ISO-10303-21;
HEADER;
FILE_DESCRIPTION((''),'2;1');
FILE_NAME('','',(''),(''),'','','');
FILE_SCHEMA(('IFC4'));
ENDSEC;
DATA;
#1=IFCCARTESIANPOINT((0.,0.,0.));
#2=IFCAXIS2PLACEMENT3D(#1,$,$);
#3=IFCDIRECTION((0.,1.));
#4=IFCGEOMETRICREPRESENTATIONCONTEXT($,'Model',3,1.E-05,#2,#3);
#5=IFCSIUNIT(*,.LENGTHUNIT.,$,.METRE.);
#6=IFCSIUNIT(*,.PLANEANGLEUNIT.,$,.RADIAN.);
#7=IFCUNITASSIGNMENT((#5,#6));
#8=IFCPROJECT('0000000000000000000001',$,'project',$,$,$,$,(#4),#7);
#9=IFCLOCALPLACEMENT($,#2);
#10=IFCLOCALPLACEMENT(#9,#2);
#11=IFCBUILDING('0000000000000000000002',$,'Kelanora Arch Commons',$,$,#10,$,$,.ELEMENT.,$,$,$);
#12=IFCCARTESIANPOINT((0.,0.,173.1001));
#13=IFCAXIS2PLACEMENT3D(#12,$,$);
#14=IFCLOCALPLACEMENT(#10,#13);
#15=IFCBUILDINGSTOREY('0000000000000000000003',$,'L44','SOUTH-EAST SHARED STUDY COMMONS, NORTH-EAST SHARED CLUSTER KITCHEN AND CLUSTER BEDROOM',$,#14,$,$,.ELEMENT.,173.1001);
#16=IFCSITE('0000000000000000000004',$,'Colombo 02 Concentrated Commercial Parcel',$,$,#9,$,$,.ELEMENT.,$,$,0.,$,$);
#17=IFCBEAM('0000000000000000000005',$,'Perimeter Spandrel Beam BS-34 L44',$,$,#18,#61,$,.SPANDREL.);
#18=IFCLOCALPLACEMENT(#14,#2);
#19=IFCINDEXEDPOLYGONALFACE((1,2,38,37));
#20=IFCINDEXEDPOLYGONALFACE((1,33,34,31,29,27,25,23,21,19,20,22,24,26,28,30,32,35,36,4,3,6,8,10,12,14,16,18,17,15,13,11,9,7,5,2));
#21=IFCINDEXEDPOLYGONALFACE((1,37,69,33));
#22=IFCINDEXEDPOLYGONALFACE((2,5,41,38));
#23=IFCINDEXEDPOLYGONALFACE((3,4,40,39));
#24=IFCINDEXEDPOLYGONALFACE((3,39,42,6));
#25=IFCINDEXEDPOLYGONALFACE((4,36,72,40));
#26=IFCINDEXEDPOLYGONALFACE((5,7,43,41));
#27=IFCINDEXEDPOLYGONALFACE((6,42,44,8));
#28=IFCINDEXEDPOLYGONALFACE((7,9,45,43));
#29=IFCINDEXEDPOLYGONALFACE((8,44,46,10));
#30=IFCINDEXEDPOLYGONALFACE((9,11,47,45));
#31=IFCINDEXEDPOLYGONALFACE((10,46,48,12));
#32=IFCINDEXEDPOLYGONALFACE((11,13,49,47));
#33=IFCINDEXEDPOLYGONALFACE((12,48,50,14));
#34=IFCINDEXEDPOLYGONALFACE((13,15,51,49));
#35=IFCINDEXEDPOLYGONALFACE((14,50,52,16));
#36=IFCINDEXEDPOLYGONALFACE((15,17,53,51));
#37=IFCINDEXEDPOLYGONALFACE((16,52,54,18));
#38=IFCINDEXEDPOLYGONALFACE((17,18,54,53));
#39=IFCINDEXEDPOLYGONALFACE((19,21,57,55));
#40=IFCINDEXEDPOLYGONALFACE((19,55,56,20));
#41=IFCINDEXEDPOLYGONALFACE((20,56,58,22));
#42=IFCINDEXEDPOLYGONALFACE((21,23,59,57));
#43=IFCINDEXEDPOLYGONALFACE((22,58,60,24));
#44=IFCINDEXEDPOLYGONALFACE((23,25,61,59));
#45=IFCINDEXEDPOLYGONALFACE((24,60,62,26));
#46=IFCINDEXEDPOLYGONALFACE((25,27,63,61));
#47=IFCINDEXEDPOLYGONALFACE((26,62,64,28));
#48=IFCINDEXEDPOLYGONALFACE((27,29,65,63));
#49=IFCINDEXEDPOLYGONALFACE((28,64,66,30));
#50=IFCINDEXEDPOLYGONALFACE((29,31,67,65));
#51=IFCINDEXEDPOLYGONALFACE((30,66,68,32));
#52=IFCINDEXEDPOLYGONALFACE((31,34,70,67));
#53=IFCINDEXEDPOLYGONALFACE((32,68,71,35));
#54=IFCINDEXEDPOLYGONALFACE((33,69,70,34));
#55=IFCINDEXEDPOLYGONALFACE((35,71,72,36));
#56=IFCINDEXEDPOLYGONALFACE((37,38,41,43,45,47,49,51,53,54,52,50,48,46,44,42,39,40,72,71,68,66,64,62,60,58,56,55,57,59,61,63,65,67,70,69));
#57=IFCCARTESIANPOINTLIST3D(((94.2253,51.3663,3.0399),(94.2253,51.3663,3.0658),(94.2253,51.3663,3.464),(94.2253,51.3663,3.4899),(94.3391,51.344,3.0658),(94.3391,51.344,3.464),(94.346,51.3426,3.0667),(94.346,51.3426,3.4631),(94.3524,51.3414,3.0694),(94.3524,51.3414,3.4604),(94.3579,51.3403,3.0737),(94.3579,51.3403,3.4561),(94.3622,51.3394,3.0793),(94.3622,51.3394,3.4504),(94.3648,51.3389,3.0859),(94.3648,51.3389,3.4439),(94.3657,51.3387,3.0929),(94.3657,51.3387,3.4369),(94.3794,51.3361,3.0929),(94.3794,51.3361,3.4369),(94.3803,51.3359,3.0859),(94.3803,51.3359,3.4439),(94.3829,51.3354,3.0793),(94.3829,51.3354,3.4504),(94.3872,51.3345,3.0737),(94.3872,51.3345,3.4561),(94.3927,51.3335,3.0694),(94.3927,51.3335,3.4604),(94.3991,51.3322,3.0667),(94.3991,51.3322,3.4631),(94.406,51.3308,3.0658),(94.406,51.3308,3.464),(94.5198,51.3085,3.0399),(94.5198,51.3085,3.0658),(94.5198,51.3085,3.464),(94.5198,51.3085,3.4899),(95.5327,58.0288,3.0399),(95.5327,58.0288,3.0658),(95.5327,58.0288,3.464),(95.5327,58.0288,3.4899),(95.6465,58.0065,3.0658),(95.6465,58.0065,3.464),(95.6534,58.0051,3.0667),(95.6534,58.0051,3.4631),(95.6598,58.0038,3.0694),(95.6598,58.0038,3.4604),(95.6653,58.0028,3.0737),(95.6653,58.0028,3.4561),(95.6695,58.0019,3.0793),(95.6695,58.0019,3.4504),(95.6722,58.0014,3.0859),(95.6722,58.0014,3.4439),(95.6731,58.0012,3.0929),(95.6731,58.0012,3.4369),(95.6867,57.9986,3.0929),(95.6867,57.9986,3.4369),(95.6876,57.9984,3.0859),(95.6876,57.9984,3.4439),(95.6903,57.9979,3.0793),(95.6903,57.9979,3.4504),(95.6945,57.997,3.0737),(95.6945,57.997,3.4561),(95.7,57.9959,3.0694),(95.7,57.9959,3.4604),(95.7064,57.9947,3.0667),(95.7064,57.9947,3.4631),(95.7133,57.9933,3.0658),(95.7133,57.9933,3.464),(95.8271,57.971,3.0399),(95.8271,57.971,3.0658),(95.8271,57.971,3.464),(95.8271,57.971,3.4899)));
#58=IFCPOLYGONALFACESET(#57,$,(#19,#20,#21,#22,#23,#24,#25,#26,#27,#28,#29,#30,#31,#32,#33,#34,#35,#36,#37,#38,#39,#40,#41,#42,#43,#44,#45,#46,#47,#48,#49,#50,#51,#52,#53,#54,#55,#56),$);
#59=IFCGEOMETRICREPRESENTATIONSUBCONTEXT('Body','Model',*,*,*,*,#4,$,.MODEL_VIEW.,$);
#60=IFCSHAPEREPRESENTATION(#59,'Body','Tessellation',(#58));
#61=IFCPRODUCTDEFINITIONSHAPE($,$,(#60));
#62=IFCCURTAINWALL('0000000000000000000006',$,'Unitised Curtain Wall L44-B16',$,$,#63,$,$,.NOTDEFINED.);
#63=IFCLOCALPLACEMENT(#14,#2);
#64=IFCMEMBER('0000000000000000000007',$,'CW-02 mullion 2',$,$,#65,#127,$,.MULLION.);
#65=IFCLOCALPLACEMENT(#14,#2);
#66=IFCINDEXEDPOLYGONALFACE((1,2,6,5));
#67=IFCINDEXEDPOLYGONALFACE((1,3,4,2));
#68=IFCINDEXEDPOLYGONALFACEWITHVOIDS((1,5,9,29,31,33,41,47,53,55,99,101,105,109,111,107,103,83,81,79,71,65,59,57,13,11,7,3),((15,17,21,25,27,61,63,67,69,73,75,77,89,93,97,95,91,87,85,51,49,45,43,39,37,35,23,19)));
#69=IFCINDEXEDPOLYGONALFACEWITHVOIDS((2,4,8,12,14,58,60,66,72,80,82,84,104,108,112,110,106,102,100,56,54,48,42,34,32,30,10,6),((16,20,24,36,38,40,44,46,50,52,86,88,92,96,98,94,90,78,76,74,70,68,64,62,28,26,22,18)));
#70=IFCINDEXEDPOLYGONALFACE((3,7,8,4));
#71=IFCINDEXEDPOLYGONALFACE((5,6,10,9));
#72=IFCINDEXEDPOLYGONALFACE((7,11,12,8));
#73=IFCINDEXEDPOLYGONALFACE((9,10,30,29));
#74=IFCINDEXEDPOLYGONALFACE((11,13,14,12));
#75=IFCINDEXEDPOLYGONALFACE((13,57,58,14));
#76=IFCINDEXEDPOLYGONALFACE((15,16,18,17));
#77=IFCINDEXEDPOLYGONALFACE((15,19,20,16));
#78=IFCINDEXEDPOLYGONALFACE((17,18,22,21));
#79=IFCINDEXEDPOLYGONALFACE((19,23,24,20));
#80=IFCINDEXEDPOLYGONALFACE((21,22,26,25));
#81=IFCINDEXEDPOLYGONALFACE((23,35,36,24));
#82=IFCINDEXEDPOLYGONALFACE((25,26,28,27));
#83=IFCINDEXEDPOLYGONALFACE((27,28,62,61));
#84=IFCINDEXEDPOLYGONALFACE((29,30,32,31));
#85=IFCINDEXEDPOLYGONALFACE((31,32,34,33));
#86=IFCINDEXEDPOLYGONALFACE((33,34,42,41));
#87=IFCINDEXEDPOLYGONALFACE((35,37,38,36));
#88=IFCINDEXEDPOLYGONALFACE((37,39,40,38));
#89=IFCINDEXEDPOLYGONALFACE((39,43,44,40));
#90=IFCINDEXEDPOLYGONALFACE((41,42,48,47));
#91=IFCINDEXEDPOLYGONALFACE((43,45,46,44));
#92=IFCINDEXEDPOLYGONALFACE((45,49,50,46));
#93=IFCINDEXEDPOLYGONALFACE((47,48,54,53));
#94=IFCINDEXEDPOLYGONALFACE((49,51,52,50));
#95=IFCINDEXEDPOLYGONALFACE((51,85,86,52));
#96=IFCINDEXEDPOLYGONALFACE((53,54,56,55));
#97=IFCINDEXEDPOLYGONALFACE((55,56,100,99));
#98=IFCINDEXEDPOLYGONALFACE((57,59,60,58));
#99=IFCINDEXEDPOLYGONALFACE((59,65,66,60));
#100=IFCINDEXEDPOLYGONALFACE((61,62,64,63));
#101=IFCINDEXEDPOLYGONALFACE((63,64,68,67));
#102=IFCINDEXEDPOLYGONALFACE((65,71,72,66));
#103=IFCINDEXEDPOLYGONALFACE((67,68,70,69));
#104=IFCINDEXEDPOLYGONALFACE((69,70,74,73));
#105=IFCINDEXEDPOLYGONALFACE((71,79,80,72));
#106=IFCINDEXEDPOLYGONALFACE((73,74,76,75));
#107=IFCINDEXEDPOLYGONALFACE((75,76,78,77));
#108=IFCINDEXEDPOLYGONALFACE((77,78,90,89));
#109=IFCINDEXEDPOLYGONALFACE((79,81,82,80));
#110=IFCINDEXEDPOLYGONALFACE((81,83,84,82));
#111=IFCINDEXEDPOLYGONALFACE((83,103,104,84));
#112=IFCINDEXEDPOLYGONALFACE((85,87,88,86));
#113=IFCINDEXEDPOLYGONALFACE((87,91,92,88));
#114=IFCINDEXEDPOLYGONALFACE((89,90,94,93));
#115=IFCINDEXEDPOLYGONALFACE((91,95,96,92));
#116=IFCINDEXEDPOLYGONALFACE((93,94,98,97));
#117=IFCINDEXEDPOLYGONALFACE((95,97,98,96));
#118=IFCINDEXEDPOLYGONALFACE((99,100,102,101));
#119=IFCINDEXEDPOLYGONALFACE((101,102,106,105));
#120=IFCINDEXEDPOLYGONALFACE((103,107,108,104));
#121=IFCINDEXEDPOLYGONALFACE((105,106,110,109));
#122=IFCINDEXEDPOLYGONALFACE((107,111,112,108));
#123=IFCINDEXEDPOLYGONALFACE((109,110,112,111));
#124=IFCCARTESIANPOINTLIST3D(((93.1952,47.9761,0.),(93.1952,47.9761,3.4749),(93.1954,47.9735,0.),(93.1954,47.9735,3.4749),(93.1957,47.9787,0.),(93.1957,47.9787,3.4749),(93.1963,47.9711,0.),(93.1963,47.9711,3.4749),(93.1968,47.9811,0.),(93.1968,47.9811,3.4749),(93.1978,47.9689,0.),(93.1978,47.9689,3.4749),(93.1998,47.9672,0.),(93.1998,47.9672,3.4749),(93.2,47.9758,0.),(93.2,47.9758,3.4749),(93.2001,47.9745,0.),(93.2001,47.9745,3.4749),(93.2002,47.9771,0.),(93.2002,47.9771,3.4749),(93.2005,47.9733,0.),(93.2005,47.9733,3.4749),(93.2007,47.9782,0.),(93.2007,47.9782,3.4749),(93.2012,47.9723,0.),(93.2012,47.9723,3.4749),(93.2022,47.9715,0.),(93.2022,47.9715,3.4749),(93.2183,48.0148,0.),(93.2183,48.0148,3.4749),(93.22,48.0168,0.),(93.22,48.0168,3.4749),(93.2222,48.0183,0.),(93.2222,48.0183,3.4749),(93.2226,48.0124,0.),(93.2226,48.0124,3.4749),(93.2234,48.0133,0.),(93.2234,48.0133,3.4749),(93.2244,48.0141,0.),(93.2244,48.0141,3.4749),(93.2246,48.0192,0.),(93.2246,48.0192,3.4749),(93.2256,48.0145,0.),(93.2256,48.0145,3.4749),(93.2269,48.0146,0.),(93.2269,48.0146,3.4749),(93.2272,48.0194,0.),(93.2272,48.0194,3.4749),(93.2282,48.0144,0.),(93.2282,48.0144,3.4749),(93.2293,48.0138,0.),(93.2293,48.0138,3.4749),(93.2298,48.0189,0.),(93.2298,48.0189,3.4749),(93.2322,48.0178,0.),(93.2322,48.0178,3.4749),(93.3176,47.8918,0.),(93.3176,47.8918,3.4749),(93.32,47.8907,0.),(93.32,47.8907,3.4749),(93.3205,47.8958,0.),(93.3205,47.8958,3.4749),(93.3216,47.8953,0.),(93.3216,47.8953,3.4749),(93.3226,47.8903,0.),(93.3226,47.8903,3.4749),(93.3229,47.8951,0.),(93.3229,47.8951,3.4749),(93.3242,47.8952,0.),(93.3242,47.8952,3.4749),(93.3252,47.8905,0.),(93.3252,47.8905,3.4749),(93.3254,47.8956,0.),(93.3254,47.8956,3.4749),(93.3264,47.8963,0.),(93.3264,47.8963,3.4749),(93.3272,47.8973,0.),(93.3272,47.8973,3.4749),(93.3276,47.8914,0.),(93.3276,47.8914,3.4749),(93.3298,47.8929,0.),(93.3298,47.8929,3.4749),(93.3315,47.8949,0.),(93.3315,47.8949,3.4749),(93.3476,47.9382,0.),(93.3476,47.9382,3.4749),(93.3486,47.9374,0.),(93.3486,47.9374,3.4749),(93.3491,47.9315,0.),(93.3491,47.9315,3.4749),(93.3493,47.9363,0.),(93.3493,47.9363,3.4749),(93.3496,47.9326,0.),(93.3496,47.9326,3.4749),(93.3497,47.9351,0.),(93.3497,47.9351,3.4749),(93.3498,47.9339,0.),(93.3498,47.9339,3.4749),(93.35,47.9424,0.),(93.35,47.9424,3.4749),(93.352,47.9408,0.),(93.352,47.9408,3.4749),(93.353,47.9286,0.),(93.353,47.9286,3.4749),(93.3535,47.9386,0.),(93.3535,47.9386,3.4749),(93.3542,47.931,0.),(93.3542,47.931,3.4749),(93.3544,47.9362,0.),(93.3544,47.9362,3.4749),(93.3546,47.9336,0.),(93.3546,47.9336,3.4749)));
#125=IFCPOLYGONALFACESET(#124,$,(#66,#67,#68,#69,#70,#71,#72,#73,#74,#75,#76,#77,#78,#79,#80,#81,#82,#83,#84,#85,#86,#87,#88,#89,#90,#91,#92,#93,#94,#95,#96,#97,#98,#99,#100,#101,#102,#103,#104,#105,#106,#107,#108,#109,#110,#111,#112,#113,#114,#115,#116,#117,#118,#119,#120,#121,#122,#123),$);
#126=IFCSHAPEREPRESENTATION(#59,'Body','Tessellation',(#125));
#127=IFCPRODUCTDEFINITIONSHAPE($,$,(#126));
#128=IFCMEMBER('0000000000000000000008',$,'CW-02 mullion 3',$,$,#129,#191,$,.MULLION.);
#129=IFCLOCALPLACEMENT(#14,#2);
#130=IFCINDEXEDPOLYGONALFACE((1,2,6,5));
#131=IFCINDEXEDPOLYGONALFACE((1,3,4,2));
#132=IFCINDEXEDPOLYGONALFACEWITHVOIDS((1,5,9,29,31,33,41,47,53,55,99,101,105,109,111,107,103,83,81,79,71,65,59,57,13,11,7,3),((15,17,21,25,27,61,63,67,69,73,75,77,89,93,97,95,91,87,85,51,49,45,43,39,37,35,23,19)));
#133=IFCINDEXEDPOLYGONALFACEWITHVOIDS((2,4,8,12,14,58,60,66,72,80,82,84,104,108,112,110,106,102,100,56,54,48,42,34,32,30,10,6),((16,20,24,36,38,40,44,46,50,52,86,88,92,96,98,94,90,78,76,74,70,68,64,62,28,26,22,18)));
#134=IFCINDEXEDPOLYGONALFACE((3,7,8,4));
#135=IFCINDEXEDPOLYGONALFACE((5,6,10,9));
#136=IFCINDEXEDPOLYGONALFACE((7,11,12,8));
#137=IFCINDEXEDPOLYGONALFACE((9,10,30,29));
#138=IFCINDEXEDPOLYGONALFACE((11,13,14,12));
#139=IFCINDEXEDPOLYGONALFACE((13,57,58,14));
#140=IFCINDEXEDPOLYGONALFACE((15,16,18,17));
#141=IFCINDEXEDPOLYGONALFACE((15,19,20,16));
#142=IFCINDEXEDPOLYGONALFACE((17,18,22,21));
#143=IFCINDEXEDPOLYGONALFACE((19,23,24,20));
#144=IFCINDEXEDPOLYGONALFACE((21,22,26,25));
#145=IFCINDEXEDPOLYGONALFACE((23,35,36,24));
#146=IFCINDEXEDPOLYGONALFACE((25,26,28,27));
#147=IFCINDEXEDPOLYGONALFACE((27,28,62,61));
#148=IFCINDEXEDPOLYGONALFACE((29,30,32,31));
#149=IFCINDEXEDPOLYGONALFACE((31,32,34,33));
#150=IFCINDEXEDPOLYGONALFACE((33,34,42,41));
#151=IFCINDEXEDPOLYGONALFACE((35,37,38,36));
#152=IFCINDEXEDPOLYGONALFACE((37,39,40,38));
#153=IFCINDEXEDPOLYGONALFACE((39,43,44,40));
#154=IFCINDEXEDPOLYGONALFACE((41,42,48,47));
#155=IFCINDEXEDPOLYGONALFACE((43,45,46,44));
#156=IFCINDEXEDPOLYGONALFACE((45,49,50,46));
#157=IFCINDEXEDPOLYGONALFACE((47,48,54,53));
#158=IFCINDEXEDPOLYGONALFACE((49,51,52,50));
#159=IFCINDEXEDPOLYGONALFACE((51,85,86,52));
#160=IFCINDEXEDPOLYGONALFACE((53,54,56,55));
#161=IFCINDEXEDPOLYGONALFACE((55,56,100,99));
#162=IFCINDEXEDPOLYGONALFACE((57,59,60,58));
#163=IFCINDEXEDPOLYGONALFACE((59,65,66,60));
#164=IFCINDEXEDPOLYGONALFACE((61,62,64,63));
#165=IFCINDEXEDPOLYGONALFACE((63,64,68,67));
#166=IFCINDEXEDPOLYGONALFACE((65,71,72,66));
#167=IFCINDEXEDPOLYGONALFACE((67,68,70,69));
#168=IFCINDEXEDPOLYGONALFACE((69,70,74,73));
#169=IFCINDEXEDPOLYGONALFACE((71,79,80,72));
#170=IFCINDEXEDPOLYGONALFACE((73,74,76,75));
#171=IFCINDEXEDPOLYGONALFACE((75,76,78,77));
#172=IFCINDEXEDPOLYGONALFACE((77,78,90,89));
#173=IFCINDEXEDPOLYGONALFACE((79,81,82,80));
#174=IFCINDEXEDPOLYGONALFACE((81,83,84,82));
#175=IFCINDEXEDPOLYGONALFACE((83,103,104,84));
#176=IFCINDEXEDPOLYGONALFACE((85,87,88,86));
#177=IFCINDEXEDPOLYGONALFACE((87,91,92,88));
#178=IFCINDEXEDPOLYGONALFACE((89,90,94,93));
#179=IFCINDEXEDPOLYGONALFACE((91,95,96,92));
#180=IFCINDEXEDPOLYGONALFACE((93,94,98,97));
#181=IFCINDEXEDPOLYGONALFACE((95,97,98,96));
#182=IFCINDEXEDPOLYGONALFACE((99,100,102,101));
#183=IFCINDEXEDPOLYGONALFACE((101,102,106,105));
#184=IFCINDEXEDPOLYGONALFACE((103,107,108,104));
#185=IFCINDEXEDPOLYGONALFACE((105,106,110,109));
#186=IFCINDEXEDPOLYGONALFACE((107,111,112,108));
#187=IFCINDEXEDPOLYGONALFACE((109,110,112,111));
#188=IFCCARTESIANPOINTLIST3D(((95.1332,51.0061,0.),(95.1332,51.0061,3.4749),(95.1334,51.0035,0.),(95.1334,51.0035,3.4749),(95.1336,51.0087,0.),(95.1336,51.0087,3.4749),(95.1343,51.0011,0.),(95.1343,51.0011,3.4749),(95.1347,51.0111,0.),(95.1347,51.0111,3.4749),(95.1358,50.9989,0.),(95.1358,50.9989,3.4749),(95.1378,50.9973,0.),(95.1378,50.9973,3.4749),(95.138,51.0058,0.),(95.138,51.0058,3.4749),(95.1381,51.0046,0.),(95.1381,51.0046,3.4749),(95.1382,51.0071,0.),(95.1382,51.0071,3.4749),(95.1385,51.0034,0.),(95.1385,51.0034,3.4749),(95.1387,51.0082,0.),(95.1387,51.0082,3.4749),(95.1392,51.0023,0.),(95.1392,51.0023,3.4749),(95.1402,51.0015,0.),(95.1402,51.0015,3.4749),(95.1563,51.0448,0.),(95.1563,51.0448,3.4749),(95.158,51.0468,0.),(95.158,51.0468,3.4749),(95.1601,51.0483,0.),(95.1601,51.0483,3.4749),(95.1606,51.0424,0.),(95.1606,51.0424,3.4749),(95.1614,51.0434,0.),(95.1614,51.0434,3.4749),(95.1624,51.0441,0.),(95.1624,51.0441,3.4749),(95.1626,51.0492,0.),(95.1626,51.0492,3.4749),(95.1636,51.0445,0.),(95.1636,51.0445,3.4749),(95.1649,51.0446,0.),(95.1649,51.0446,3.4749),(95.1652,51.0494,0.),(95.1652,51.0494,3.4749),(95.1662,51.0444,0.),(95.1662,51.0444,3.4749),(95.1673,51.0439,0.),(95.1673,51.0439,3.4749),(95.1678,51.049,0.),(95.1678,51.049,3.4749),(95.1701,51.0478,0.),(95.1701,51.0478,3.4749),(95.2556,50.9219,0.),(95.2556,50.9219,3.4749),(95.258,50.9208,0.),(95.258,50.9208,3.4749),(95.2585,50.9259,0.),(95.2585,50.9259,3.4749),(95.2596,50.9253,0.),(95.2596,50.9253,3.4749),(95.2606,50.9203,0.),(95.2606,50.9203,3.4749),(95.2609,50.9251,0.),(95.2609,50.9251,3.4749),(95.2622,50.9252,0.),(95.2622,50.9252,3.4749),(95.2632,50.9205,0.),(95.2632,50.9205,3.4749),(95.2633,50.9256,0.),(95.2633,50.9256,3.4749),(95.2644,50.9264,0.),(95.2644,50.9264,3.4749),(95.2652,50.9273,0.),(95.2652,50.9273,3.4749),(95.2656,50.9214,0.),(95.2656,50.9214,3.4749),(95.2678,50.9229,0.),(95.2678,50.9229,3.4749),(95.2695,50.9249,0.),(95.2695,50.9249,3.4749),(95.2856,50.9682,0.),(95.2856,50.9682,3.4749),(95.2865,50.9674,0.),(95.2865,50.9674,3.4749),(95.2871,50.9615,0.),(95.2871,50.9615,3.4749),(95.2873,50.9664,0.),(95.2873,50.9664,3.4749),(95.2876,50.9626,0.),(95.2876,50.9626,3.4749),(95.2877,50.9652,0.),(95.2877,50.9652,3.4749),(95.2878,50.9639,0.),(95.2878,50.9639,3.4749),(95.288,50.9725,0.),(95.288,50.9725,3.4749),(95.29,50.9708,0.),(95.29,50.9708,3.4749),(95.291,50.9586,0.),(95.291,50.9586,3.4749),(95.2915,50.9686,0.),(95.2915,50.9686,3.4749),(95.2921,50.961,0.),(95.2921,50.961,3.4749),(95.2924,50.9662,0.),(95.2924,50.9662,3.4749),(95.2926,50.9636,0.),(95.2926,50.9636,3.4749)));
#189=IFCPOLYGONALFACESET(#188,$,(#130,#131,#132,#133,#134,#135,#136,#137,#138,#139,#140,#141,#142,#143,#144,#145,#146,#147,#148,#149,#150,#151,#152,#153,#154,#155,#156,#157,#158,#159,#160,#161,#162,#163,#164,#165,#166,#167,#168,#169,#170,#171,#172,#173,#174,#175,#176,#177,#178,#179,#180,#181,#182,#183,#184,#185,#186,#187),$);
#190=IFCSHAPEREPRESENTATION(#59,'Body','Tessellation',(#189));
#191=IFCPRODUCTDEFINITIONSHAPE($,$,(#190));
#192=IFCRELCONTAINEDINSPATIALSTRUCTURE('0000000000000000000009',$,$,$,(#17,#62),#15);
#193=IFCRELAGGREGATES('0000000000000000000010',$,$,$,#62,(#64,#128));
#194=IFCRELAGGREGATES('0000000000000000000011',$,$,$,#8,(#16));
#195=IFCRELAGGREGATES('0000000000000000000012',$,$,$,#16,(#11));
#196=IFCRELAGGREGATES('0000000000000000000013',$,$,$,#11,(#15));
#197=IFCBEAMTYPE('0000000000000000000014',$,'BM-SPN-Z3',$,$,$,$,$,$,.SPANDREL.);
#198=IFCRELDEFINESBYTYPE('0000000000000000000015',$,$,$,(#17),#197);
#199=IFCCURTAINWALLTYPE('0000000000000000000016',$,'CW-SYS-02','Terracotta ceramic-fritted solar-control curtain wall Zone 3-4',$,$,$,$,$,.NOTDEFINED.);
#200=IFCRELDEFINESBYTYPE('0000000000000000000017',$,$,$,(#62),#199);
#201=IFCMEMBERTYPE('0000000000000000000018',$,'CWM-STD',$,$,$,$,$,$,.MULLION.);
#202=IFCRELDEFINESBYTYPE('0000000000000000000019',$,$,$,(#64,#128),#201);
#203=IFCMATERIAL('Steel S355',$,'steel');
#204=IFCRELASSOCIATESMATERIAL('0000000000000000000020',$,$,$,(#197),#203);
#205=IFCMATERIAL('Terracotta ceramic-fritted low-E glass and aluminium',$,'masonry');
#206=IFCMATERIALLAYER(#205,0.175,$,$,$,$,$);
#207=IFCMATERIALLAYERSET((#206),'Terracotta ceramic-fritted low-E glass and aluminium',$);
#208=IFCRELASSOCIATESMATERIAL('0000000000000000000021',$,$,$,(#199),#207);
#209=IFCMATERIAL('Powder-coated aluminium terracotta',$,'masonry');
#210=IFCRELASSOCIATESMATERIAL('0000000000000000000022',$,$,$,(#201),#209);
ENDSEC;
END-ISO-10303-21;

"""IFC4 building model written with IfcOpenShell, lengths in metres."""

from ifc_helpers import new_model, si_unit, direction, frame, origin, origin_2d, place, context, subcontext, project, spatial, hollow_rectangle, i_section, extrude, material, layer, layer_set, material_profile, profile_set, type_object, element, aggregate, save


model = new_model("IFC4")

# Units and contexts
model_context = context("Model", 3, precision=1e-05, world=origin(), true_north=direction((0.0, 1.0)))
body_context = subcontext(model_context, "Body", "Model", "MODEL_VIEW")
ifc_project = project(units=[si_unit("LENGTHUNIT", "METRE"), si_unit("PLANEANGLEUNIT", "RADIAN")], contexts=[model_context])

# Site, building, storey
site_placement = place(None, origin())
site = spatial("IfcSite", under=ifc_project, at=site_placement, Name="Colombo 02 Concentrated Commercial Parcel", CompositionType="ELEMENT", RefElevation=0.0)
building_placement = place(site_placement, origin())
building = spatial("IfcBuilding", under=site, at=building_placement, Name="Kelanora Arch Commons", CompositionType="ELEMENT")
storey_placement = place(building_placement, frame((0.0, 0.0, 173.1001)))
storey = spatial("IfcBuildingStorey", under=building, at=storey_placement, Name="L44", Description="SOUTH-EAST SHARED STUDY COMMONS, NORTH-EAST SHARED CLUSTER KITCHEN AND CLUSTER BEDROOM", CompositionType="ELEMENT", Elevation=173.1001)

# Beam
ifc_material_1 = material(Name="Steel S355", Category="steel")
ifc_material_profile_1 = material_profile(ifc_material_1, i_section(OverallWidth=0.3, OverallDepth=0.45, WebThickness=0.0139, FlangeThickness=0.0259, FilletRadius=0.0271, at=origin_2d()), Name="HEB450")
ifc_profile_set_1 = profile_set([ifc_material_profile_1], Name="Steel S355")
beam_type_1 = type_object("IfcBeamType", Name="BM-SPN-Z3", PredefinedType="SPANDREL", material=ifc_profile_set_1)
beam_1_placement = place(storey_placement, frame((94.3726, 51.3374, 3.2649), z_axis=(0.192554, 0.981286, 0.0), x_axis=(-0.981286, 0.192554, 0.0)))
element("IfcBeam", 1, at=beam_1_placement, inside=storey, type_object=beam_type_1, Name="Perimeter Spandrel Beam BS-34 L44", PredefinedType="SPANDREL", context=body_context, shape_type="SweptSolid", body=[
    extrude(i_section(OverallWidth=0.3, OverallDepth=0.45, WebThickness=0.0139, FlangeThickness=0.0259, FilletRadius=0.0271, at=origin_2d()), origin(), (0.0, 0.0, 1.0), 6.7896),
])

# Curtain wall, members
ifc_material_2 = material(Name="Terracotta ceramic-fritted low-E glass and aluminium", Category="masonry")
ifc_layer_1 = layer(ifc_material_2, 0.175)
ifc_layer_set_1 = layer_set([ifc_layer_1], Name="Terracotta ceramic-fritted low-E glass and aluminium")
curtain_wall_type = type_object("IfcCurtainWallType", Name="CW-SYS-02", Description="Terracotta ceramic-fritted solar-control curtain wall Zone 3-4", PredefinedType="NOTDEFINED", material=ifc_layer_set_1)
curtain_wall_placement = place(storey_placement, origin())
curtain_wall = element("IfcCurtainWall", 2, at=curtain_wall_placement, inside=storey, type_object=curtain_wall_type, Name="Unitised Curtain Wall L44-B16", PredefinedType="NOTDEFINED")
ifc_material_3 = material(Name="Powder-coated aluminium terracotta", Category="masonry")
ifc_material_profile_2 = material_profile(ifc_material_3, hollow_rectangle(XDim=0.1599, YDim=0.0601, WallThickness=0.0049, InnerFilletRadius=0.0049, OuterFilletRadius=0.01, at=origin_2d()), Name="CWM160x60")
ifc_profile_set_2 = profile_set([ifc_material_profile_2], Name="Powder-coated aluminium terracotta")
member_type_1 = type_object("IfcMemberType", Name="CWM-STD", PredefinedType="MULLION", material=ifc_profile_set_2)
member_1_placement = place(storey_placement, frame((93.2749, 47.9548, 0.0), z_axis=(0.0, 0.0, 1.0), x_axis=(-0.842423, 0.538817, 0.0)))
member_1 = element("IfcMember", 3, at=member_1_placement, type_object=member_type_1, Name="CW-02 mullion 2", PredefinedType="MULLION", context=body_context, shape_type="SweptSolid", body=[
    extrude(hollow_rectangle(XDim=0.1599, YDim=0.0601, WallThickness=0.0049, InnerFilletRadius=0.0049, OuterFilletRadius=0.01, at=origin_2d()), origin(), (0.0, 0.0, 1.0), 3.4749),
])
member_2_placement = place(storey_placement, frame((95.2129, 50.9849, 0.0), z_axis=(0.0, 0.0, 1.0), x_axis=(-0.842423, 0.538817, 0.0)))
member_2 = element("IfcMember", 4, at=member_2_placement, type_object=member_type_1, Name="CW-02 mullion 3", PredefinedType="MULLION", context=body_context, shape_type="SweptSolid", body=[
    extrude(hollow_rectangle(XDim=0.1599, YDim=0.0601, WallThickness=0.0049, InnerFilletRadius=0.0049, OuterFilletRadius=0.01, at=origin_2d()), origin(), (0.0, 0.0, 1.0), 3.4749),
])
aggregate(curtain_wall, [member_1, member_2])

save(model, "model.ifc")
